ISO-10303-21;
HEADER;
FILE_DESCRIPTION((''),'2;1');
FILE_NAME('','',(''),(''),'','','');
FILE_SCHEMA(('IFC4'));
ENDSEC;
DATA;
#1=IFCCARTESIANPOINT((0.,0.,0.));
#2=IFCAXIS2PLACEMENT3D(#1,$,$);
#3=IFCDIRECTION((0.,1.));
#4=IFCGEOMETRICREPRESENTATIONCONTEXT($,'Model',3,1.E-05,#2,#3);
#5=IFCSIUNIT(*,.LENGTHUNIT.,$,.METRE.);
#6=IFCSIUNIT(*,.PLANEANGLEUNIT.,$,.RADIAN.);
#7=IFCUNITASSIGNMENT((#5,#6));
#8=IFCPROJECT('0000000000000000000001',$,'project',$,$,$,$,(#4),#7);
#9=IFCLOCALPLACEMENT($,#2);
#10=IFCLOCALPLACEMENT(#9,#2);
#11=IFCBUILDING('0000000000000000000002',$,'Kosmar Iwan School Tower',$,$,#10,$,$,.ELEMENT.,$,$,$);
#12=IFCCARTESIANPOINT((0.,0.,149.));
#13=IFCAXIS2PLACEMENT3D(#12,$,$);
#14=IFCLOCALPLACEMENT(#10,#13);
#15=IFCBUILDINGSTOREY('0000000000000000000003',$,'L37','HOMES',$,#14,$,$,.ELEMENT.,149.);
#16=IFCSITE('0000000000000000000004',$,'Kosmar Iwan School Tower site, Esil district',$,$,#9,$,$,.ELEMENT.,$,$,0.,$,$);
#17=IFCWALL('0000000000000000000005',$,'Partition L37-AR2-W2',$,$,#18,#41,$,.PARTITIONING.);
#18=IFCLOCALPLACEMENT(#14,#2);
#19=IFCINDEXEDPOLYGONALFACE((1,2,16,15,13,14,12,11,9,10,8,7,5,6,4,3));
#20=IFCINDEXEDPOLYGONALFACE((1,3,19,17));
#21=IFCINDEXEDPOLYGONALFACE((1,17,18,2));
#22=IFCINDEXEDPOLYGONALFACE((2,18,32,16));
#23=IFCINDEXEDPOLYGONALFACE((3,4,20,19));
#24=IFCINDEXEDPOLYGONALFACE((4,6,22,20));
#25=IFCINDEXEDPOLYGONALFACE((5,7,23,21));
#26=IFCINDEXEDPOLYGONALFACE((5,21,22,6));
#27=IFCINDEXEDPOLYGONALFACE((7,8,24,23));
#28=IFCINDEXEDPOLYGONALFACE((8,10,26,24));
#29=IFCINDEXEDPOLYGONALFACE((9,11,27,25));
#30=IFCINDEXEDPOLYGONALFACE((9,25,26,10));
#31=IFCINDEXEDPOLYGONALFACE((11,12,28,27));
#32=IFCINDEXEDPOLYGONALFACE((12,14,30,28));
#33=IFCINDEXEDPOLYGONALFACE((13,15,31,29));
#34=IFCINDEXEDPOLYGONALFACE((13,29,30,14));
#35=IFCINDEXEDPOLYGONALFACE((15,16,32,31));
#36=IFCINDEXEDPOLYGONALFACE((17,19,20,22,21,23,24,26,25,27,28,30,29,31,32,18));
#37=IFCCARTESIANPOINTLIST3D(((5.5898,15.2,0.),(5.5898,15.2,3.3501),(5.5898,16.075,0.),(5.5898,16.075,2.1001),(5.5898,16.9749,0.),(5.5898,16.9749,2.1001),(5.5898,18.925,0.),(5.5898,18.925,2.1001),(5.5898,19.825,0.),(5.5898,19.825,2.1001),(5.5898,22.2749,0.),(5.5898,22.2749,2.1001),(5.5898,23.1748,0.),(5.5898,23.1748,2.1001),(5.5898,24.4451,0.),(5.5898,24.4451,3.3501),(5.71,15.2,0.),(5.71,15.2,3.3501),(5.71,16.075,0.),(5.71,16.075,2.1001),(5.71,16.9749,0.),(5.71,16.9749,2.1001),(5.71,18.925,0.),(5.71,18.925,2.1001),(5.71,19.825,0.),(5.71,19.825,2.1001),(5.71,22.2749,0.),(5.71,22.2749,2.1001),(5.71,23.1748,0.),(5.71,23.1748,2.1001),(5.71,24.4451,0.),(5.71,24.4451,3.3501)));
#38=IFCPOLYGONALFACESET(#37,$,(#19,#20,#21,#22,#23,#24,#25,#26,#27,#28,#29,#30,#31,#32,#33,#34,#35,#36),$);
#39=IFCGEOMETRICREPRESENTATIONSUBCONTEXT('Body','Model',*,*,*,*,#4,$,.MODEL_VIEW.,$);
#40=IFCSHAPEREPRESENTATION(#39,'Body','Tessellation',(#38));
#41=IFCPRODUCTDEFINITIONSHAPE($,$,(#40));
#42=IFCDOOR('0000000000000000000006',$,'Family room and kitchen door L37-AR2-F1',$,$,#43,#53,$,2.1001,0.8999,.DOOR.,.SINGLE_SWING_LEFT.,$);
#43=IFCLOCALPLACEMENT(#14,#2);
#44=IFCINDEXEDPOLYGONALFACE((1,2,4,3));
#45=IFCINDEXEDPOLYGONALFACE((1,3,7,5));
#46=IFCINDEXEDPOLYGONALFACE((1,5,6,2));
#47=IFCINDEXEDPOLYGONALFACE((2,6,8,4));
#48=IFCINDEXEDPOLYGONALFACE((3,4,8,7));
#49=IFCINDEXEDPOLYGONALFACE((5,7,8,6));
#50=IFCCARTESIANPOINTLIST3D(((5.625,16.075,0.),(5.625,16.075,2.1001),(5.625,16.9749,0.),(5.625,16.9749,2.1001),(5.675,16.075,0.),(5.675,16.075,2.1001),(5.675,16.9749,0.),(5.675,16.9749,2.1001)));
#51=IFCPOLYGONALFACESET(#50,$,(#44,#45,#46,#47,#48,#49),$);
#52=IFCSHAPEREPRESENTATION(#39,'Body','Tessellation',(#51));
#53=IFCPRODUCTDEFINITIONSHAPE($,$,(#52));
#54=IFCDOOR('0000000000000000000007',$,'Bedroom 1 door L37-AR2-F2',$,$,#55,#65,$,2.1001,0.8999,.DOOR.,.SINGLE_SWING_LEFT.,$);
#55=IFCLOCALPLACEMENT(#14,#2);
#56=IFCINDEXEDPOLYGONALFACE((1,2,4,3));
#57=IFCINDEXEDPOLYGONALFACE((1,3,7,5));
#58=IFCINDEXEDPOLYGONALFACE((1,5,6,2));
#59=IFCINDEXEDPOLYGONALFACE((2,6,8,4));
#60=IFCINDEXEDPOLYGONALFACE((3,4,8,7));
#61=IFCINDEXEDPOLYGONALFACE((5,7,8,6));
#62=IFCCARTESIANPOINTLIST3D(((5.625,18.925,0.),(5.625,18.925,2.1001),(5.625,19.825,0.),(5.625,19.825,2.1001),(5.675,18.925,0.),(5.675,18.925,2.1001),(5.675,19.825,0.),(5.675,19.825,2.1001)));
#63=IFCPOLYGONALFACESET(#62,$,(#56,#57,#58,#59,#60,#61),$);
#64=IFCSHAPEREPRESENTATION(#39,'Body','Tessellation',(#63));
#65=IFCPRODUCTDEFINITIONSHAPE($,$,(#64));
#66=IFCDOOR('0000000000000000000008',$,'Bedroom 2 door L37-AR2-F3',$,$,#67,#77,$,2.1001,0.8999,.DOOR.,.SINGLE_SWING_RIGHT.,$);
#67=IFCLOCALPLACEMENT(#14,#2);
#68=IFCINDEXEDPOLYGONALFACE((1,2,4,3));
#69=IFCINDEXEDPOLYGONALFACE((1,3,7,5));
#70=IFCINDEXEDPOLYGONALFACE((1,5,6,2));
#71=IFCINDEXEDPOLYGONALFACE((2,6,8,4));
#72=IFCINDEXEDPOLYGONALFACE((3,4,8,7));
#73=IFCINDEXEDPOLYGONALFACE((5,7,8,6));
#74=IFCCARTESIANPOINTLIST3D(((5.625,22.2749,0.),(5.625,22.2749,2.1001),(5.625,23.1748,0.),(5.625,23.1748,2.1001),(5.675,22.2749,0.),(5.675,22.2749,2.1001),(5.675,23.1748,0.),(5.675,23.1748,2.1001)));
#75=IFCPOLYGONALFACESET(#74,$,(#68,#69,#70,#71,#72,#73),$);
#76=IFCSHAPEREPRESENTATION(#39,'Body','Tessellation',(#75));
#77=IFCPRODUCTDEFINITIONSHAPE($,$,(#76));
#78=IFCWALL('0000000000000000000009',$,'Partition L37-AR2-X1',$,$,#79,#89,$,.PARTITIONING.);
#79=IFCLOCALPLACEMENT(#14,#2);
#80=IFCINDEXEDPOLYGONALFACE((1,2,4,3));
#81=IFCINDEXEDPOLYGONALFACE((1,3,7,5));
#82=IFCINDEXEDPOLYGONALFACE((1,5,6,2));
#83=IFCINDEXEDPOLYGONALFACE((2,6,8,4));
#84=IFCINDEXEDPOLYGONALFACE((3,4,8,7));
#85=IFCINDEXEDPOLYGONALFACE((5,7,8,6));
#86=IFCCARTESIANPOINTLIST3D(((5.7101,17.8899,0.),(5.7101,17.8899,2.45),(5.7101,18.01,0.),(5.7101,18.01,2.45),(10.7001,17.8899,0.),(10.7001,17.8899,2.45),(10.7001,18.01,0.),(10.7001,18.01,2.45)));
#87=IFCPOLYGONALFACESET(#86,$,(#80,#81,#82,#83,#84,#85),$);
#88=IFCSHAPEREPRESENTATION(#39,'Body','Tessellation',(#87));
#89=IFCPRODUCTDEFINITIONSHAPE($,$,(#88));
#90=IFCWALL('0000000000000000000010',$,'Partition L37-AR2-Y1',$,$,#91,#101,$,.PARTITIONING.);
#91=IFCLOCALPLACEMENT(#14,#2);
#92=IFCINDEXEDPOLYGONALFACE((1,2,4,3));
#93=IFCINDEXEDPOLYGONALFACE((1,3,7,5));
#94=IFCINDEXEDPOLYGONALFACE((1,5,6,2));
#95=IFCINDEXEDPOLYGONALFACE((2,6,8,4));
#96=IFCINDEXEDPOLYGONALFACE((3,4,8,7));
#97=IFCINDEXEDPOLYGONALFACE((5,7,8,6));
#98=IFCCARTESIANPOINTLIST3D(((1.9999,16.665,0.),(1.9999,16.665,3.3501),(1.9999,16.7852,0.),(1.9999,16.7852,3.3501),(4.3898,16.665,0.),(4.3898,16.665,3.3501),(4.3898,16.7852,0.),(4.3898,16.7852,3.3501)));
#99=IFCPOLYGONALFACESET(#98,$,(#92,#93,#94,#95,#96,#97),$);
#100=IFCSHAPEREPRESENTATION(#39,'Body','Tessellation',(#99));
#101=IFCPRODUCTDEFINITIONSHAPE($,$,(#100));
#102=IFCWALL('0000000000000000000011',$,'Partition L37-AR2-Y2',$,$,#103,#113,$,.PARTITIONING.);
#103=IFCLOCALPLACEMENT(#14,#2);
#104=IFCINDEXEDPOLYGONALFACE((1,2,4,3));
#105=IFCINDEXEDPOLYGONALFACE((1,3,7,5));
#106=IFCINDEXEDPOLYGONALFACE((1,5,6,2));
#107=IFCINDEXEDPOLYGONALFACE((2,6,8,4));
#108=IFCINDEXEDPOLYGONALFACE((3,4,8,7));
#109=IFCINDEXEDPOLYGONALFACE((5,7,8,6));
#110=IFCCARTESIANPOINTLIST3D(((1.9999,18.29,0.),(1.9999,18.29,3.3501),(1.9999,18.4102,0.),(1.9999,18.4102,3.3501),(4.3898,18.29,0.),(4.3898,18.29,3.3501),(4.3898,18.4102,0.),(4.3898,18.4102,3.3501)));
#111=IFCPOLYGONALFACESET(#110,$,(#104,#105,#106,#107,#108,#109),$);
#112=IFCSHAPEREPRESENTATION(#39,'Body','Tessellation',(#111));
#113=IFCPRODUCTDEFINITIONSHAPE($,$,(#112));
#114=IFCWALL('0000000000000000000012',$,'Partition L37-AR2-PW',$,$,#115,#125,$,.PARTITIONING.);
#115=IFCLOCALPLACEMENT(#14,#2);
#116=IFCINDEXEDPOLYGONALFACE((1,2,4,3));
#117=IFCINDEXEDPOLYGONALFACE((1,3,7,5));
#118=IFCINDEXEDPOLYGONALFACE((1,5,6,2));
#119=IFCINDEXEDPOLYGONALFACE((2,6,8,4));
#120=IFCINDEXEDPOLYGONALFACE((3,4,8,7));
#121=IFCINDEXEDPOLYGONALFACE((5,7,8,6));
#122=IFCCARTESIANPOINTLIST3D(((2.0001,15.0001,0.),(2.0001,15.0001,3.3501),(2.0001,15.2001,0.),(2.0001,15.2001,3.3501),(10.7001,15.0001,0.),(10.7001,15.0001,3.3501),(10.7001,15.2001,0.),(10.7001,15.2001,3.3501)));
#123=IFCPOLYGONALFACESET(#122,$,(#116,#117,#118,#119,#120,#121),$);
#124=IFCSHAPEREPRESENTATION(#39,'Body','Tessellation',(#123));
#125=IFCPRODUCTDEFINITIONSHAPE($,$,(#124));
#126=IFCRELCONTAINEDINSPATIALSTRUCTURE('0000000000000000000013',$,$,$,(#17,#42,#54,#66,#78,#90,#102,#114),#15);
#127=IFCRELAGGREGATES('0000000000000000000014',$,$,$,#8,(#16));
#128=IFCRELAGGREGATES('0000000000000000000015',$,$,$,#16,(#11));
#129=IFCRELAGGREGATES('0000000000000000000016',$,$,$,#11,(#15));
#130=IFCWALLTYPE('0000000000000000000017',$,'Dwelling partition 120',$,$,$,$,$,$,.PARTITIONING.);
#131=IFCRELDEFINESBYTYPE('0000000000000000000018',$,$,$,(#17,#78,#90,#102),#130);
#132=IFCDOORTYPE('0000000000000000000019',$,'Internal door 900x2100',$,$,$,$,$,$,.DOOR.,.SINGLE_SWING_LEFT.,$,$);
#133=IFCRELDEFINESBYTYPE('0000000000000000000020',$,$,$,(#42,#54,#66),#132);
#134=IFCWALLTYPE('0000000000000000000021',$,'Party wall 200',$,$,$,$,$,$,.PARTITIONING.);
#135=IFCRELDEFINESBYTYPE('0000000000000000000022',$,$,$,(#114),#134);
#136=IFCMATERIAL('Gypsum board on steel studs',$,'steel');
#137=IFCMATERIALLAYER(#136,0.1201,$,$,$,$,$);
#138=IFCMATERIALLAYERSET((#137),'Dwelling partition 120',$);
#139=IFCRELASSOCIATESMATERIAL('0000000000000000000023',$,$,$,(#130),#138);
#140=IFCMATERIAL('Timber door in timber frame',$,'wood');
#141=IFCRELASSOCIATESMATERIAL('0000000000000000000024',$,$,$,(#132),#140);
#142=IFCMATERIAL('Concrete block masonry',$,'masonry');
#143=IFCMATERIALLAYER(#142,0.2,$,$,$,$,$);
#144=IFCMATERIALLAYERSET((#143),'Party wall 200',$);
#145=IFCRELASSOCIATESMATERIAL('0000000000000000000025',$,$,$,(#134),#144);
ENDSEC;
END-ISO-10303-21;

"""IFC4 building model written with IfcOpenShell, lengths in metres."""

from ifc_helpers import new_model, si_unit, direction, frame, frame_2d, origin, place, context, subcontext, project, spatial, rectangle, extrude, material, layer, layer_set, type_object, element, fill, save


model = new_model("IFC4")

# Units and contexts
model_context = context("Model", 3, precision=1e-05, world=origin(), true_north=direction((0.0, 1.0)))
body_context = subcontext(model_context, "Body", "Model", "MODEL_VIEW")
ifc_project = project(units=[si_unit("LENGTHUNIT", "METRE"), si_unit("PLANEANGLEUNIT", "RADIAN")], contexts=[model_context])

# Site, building, storey
site_placement = place(None, origin())
site = spatial("IfcSite", under=ifc_project, at=site_placement, Name="Kosmar Iwan School Tower site, Esil district", CompositionType="ELEMENT", RefElevation=0.0)
building_placement = place(site_placement, origin())
building = spatial("IfcBuilding", under=site, at=building_placement, Name="Kosmar Iwan School Tower", CompositionType="ELEMENT")
storey_placement = place(building_placement, frame((0.0, 0.0, 149.0)))
storey = spatial("IfcBuildingStorey", under=building, at=storey_placement, Name="L37", Description="HOMES", CompositionType="ELEMENT", Elevation=149.0)

# Shared definitions
ifc_material_1 = material(Name="Gypsum board on steel studs", Category="steel")
ifc_layer_1 = layer(ifc_material_1, 0.1201)
ifc_layer_set_1 = layer_set([ifc_layer_1], Name="Dwelling partition 120")
wall_type_1 = type_object("IfcWallType", Name="Dwelling partition 120", PredefinedType="PARTITIONING", material=ifc_layer_set_1)

# Wall, openings, doors
ifc_material_2 = material(Name="Timber door in timber frame", Category="wood")
door_type_1 = type_object("IfcDoorType", Name="Internal door 900x2100", OperationType="SINGLE_SWING_LEFT", PredefinedType="DOOR", material=ifc_material_2)
wall_1_placement = place(storey_placement, frame((5.6499, 15.2, 0.0), z_axis=(0.0, 0.0, 1.0), x_axis=(0.0, 1.0, 0.0)))
wall_1 = element("IfcWall", 1, at=wall_1_placement, inside=storey, type_object=wall_type_1, Name="Partition L37-AR2-W2", PredefinedType="PARTITIONING", context=body_context, shape_type="SweptSolid", body=[
    extrude(rectangle(XDim=9.2451, YDim=0.1201, at=frame_2d((4.6226, 0.0))), origin(), (0.0, 0.0, 1.0), 3.3501),
])
opening_1_placement = place(wall_1_placement, frame((0.875, 0.0, 0.0)))
opening_1 = element("IfcOpeningElement", 2, at=opening_1_placement, cuts=wall_1, PredefinedType="OPENING", context=body_context, shape_type="SweptSolid", body=[
    extrude(rectangle(XDim=0.8999, YDim=2.1001, at=frame_2d((0.45, 1.05))), frame((0.0, 0.072, 0.0), z_axis=(0.0, -1.0, 0.0), x_axis=(1.0, 0.0, 0.0)), (0.0, 0.0, 1.0), 0.144),
])
opening_2_placement = place(wall_1_placement, frame((3.7251, 0.0, 0.0)))
opening_2 = element("IfcOpeningElement", 3, at=opening_2_placement, cuts=wall_1, PredefinedType="OPENING", context=body_context, shape_type="SweptSolid", body=[
    extrude(rectangle(XDim=0.8999, YDim=2.1001, at=frame_2d((0.45, 1.05))), frame((0.0, 0.072, 0.0), z_axis=(0.0, -1.0, 0.0), x_axis=(1.0, 0.0, 0.0)), (0.0, 0.0, 1.0), 0.144),
])
opening_3_placement = place(wall_1_placement, frame((7.075, 0.0, 0.0)))
opening_3 = element("IfcOpeningElement", 4, at=opening_3_placement, cuts=wall_1, PredefinedType="OPENING", context=body_context, shape_type="SweptSolid", body=[
    extrude(rectangle(XDim=0.8999, YDim=2.1001, at=frame_2d((0.45, 1.05))), frame((0.0, 0.072, 0.0), z_axis=(0.0, -1.0, 0.0), x_axis=(1.0, 0.0, 0.0)), (0.0, 0.0, 1.0), 0.144),
])
door_1_placement = place(opening_1_placement, origin())
door_1 = element("IfcDoor", 5, at=door_1_placement, inside=storey, type_object=door_type_1, Name="Family room and kitchen door L37-AR2-F1", OperationType="SINGLE_SWING_LEFT", OverallHeight=2.1001, OverallWidth=0.8999, PredefinedType="DOOR", context=body_context, shape_type="SweptSolid", body=[
    extrude(rectangle(XDim=0.8999, YDim=2.1001, at=frame_2d((0.45, 1.05))), frame((0.0, 0.0249, 0.0), z_axis=(0.0, -1.0, 0.0), x_axis=(1.0, 0.0, 0.0)), (0.0, 0.0, 1.0), 0.05),
])
fill(opening_1, door_1)
door_2_placement = place(opening_2_placement, origin())
door_2 = element("IfcDoor", 6, at=door_2_placement, inside=storey, type_object=door_type_1, Name="Bedroom 1 door L37-AR2-F2", OperationType="SINGLE_SWING_LEFT", OverallHeight=2.1001, OverallWidth=0.8999, PredefinedType="DOOR", context=body_context, shape_type="SweptSolid", body=[
    extrude(rectangle(XDim=0.8999, YDim=2.1001, at=frame_2d((0.45, 1.05))), frame((0.0, 0.0249, 0.0), z_axis=(0.0, -1.0, 0.0), x_axis=(1.0, 0.0, 0.0)), (0.0, 0.0, 1.0), 0.05),
])
fill(opening_2, door_2)
door_3_placement = place(opening_3_placement, origin())
door_3 = element("IfcDoor", 7, at=door_3_placement, inside=storey, type_object=door_type_1, Name="Bedroom 2 door L37-AR2-F3", OperationType="SINGLE_SWING_RIGHT", OverallHeight=2.1001, OverallWidth=0.8999, PredefinedType="DOOR", context=body_context, shape_type="SweptSolid", body=[
    extrude(rectangle(XDim=0.8999, YDim=2.1001, at=frame_2d((0.45, 1.05))), frame((0.0, 0.0249, 0.0), z_axis=(0.0, -1.0, 0.0), x_axis=(1.0, 0.0, 0.0)), (0.0, 0.0, 1.0), 0.05),
])
fill(opening_3, door_3)

# Walls
wall_2_placement = place(storey_placement, frame((5.71, 17.95, 0.0), z_axis=(0.0, 0.0, 1.0), x_axis=(1.0, 0.0, 0.0)))
element("IfcWall", 8, at=wall_2_placement, inside=storey, type_object=wall_type_1, Name="Partition L37-AR2-X1", PredefinedType="PARTITIONING", context=body_context, shape_type="SweptSolid", body=[
    extrude(rectangle(XDim=4.99, YDim=0.1201, at=frame_2d((2.4951, 0.0))), origin(), (0.0, 0.0, 1.0), 2.45),
])
for number, where, z_axis, x_axis, name in (
    (9, (2.0, 16.7251, 0.0), (0.0, 0.0, 1.0), (1.0, 0.0, 0.0), "Partition L37-AR2-Y1"),
    (10, (2.0, 18.3501, 0.0), (0.0, 0.0, 1.0), (1.0, 0.0, 0.0), "Partition L37-AR2-Y2"),
):
    element("IfcWall", number, at=place(storey_placement, frame(where, z_axis=z_axis, x_axis=x_axis)), inside=storey, type_object=wall_type_1, Name=name, PredefinedType="PARTITIONING", context=body_context, shape_type="SweptSolid", body=[
        extrude(rectangle(XDim=2.3899, YDim=0.1201, at=frame_2d((1.1948, 0.0))), origin(), (0.0, 0.0, 1.0), 3.3501),
    ])
ifc_material_3 = material(Name="Concrete block masonry", Category="masonry")
ifc_layer_2 = layer(ifc_material_3, 0.2)
ifc_layer_set_2 = layer_set([ifc_layer_2], Name="Party wall 200")
wall_type_2 = type_object("IfcWallType", Name="Party wall 200", PredefinedType="PARTITIONING", material=ifc_layer_set_2)
wall_3_placement = place(storey_placement, frame((2.0, 15.1001, 0.0), z_axis=(0.0, 0.0, 1.0), x_axis=(1.0, 0.0, 0.0)))
element("IfcWall", 11, at=wall_3_placement, inside=storey, type_object=wall_type_2, Name="Partition L37-AR2-PW", PredefinedType="PARTITIONING", context=body_context, shape_type="SweptSolid", body=[
    extrude(rectangle(XDim=8.7, YDim=0.2, at=frame_2d((4.3501, 0.0))), origin(), (0.0, 0.0, 1.0), 3.3501),
])

save(model, "model.ifc")
